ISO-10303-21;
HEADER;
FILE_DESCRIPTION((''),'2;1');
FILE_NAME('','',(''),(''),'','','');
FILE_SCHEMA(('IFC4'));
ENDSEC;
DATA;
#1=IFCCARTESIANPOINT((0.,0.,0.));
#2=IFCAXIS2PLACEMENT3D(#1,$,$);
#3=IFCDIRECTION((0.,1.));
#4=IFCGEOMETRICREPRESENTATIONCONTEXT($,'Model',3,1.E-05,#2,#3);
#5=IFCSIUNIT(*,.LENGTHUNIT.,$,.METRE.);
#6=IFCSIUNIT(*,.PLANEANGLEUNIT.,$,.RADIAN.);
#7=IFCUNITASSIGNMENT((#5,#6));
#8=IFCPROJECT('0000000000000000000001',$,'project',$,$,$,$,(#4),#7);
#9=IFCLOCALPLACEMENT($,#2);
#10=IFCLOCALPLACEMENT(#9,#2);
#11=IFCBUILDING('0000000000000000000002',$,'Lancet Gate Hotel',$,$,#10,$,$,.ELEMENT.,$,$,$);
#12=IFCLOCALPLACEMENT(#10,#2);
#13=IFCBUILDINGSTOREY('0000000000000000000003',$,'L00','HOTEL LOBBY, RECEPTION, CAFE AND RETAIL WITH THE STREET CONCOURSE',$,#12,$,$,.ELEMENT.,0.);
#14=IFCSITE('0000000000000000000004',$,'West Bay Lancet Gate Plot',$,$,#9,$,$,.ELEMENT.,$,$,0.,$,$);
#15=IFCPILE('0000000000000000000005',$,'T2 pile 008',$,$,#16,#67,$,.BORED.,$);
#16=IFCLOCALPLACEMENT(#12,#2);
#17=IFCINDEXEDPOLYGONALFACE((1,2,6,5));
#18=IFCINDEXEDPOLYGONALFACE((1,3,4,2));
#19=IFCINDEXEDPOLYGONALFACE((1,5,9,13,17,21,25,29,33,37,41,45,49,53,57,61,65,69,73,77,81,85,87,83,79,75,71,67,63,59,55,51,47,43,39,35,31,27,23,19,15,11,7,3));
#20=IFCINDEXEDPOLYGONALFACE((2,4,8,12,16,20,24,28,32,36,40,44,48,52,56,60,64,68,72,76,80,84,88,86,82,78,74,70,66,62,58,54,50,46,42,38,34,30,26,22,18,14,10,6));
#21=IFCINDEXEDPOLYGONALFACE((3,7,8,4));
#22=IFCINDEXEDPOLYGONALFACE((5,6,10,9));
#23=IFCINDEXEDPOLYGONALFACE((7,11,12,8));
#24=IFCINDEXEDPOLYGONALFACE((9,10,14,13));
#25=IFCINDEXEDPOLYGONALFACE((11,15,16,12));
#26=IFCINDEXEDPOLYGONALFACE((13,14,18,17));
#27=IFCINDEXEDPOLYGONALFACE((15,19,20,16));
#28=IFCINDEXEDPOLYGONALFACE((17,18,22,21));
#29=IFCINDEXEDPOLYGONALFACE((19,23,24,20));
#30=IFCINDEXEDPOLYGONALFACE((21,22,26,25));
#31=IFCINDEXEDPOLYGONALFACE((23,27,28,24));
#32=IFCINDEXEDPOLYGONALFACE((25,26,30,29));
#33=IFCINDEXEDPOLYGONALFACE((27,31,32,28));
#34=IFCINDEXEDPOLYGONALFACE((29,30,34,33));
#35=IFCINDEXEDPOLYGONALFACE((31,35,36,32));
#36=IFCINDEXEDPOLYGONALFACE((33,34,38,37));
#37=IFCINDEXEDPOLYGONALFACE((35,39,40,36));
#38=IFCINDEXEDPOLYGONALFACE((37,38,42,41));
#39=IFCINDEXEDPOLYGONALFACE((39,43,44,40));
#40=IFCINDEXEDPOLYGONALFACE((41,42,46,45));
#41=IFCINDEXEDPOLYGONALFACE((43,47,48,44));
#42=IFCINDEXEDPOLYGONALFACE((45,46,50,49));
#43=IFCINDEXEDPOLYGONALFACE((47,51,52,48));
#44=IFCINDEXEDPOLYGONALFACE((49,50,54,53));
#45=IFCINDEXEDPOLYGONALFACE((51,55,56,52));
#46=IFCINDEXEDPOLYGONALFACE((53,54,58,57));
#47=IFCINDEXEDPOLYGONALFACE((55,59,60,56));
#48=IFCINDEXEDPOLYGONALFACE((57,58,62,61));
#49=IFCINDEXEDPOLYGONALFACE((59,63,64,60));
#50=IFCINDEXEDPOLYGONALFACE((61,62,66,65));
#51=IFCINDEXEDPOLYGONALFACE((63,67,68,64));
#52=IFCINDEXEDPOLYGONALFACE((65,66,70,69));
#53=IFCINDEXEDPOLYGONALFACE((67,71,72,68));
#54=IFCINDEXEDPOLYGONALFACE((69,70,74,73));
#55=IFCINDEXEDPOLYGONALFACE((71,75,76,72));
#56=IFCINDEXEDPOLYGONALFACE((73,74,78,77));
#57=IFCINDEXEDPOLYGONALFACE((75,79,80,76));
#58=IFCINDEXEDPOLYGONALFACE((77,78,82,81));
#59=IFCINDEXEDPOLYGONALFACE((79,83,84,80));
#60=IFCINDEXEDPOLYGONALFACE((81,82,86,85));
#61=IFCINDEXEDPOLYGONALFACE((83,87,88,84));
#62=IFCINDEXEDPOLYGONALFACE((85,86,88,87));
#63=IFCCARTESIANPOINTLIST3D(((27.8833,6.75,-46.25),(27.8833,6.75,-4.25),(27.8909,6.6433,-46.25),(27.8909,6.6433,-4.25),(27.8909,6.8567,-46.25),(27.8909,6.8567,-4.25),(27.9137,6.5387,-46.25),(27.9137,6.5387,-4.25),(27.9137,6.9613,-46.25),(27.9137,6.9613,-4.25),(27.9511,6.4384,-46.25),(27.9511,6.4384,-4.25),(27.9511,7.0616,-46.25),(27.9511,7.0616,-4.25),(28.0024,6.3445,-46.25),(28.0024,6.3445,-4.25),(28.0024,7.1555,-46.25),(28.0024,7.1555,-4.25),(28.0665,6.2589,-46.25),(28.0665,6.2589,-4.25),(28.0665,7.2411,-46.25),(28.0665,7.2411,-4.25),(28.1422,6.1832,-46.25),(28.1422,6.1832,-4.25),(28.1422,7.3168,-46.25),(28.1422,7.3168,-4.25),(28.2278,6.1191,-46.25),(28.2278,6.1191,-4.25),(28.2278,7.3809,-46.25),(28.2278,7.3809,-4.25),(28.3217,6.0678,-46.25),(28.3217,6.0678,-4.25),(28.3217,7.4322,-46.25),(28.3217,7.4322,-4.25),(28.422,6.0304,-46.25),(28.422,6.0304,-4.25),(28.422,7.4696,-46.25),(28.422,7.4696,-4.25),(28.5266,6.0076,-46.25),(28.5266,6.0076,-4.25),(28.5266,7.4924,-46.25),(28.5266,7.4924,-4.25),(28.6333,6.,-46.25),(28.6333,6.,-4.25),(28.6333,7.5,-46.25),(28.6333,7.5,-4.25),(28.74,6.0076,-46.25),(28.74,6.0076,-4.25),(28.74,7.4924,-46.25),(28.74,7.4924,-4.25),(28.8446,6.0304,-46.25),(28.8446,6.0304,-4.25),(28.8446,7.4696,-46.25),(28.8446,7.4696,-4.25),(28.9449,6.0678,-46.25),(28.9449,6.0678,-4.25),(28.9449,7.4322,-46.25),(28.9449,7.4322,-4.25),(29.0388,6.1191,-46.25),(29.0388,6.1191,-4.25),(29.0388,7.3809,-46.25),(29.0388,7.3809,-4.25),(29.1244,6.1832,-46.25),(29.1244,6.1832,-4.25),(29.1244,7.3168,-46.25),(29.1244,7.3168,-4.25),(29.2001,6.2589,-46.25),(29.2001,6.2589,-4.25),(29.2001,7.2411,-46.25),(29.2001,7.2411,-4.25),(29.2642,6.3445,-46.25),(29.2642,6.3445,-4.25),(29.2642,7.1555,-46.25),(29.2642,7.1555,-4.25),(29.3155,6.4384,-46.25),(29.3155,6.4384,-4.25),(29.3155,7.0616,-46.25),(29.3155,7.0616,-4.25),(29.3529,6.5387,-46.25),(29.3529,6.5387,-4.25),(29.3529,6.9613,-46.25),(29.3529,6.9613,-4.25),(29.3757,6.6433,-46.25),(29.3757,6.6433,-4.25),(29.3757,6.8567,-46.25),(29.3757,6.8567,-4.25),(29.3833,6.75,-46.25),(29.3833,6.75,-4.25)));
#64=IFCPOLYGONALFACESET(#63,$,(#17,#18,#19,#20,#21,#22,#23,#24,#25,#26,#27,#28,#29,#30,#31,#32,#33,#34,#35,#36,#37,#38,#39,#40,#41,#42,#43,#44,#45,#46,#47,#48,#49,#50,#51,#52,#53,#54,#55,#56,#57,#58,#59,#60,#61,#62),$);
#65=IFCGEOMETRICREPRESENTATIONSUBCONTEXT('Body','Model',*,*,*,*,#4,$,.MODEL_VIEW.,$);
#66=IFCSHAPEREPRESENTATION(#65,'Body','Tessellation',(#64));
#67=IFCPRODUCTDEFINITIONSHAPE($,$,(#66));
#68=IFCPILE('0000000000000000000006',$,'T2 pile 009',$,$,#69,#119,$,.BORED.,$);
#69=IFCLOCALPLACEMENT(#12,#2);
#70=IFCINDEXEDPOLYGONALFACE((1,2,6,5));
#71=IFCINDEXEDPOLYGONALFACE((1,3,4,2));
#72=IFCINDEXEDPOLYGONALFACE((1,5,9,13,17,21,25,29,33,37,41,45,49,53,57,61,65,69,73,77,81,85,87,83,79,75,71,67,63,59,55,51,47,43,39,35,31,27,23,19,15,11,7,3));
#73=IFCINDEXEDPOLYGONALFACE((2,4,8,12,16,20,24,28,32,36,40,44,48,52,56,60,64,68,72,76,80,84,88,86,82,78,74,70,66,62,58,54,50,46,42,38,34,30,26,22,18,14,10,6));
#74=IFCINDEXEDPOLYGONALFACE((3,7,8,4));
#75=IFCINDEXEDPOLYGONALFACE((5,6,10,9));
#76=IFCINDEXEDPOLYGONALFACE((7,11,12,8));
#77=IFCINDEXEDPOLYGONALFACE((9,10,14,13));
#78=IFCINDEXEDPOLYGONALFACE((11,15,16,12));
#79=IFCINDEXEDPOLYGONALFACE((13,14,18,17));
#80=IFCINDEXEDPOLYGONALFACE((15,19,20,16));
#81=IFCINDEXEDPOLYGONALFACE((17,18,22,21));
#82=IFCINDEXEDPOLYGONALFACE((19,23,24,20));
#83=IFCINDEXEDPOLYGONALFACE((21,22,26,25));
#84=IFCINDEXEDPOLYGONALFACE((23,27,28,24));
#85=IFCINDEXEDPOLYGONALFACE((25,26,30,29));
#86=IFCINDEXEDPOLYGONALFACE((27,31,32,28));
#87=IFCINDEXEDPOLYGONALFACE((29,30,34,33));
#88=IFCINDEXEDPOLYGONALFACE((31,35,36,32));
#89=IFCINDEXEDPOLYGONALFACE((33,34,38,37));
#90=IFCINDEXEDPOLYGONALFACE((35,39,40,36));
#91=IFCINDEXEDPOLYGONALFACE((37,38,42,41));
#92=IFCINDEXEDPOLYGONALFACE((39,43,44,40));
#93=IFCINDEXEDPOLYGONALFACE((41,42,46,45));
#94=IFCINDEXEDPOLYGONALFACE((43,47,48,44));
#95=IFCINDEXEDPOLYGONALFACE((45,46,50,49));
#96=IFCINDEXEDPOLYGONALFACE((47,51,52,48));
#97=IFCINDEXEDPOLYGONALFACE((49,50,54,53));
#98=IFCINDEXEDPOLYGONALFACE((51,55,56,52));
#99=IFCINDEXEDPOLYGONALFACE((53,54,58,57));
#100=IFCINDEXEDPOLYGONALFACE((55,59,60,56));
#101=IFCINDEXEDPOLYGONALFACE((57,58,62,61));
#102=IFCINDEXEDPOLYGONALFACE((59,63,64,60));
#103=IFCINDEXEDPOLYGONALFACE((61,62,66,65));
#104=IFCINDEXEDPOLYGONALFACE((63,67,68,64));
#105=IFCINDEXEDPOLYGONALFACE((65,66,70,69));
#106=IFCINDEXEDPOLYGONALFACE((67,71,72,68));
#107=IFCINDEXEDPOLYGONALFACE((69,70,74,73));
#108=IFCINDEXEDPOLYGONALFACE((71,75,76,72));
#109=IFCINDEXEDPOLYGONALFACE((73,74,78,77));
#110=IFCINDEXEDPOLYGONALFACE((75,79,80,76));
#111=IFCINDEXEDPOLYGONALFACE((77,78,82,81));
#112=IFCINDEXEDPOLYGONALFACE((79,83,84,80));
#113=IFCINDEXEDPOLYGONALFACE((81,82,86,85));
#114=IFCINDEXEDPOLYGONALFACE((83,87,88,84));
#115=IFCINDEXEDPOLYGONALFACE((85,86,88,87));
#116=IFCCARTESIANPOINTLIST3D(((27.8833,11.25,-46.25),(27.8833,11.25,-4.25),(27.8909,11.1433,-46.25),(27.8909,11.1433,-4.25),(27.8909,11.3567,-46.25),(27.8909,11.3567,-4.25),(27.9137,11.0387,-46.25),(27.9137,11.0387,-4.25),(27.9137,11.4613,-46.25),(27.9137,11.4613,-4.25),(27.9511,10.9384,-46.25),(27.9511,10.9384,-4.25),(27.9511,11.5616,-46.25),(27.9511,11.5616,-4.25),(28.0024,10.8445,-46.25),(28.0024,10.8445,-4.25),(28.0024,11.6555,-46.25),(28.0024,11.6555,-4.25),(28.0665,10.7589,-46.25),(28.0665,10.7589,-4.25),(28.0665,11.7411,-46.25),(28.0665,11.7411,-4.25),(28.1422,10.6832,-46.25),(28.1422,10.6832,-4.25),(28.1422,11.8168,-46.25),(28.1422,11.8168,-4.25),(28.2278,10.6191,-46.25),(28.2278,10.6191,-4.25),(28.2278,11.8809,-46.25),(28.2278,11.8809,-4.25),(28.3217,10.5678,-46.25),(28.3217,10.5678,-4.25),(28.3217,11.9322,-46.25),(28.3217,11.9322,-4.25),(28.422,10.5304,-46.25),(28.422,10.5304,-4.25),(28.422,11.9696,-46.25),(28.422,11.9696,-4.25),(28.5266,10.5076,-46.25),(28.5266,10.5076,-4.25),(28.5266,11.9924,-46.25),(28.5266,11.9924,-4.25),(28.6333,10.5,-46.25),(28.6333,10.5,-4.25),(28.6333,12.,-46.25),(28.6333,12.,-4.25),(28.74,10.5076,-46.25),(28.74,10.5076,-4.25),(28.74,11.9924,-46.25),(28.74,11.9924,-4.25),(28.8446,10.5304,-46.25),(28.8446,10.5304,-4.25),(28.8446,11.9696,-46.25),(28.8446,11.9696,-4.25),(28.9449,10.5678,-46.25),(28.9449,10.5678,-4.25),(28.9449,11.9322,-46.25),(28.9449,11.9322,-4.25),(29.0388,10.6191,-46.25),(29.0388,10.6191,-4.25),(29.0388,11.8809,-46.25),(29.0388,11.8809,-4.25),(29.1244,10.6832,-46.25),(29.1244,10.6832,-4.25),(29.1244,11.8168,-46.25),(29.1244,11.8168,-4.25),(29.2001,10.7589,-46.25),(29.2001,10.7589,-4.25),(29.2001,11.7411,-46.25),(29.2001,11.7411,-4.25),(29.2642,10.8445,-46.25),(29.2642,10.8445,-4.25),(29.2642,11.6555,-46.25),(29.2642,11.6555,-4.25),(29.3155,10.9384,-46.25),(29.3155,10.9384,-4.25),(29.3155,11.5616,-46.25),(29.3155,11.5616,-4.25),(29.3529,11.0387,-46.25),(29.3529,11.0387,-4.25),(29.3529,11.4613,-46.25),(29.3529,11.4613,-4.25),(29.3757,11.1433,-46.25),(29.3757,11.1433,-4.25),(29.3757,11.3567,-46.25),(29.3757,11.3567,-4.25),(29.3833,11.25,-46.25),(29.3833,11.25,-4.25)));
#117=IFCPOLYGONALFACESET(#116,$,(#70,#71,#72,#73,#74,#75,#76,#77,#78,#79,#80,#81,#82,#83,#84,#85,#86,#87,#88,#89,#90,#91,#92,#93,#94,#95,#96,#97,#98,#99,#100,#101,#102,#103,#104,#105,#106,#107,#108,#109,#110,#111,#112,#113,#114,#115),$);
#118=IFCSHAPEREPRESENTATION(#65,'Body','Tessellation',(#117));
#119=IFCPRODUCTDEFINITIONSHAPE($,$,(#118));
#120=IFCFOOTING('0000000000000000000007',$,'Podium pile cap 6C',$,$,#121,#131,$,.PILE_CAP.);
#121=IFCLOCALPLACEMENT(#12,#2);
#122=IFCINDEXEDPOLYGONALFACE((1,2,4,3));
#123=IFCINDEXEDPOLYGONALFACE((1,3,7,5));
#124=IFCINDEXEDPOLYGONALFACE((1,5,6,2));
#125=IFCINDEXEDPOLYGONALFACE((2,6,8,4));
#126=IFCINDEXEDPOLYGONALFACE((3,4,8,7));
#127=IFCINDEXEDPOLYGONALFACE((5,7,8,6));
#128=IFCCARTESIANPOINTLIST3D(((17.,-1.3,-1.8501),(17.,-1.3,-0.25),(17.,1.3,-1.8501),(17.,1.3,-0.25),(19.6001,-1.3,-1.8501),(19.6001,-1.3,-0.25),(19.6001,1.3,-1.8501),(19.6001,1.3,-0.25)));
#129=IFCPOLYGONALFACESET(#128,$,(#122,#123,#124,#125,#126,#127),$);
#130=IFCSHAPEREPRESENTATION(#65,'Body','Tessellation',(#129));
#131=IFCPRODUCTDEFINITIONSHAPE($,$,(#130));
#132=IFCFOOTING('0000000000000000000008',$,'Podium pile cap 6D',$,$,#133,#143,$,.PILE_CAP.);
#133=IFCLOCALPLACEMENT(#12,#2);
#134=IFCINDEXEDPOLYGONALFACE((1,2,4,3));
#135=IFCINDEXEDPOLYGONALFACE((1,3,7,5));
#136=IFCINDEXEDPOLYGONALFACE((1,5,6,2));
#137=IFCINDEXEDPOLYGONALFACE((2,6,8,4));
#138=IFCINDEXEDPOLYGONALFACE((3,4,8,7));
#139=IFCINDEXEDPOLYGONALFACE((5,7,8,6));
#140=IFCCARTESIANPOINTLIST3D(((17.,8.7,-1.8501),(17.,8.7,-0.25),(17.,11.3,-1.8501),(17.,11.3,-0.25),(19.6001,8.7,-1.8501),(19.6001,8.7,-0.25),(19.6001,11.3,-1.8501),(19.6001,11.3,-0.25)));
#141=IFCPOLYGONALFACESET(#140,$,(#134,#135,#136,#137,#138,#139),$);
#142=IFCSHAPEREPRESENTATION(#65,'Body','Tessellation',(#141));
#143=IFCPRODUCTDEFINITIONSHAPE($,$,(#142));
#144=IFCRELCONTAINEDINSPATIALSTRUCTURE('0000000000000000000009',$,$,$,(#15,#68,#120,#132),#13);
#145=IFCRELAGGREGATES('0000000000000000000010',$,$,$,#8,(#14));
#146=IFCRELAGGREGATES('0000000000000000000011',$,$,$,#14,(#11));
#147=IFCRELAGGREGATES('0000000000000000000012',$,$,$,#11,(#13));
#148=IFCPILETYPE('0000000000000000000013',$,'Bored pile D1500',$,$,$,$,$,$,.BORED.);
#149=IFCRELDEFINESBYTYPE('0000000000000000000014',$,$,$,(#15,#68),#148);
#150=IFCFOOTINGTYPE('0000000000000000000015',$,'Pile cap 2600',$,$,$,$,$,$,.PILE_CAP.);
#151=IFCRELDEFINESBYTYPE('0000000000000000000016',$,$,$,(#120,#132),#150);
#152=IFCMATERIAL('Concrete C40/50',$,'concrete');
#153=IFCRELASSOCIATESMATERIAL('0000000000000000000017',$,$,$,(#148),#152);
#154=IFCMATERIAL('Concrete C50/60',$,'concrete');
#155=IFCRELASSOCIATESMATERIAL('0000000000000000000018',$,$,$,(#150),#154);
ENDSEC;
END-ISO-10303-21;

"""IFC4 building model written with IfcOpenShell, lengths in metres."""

from ifc_helpers import new_model, si_unit, direction, frame, origin, origin_2d, place, context, subcontext, project, spatial, rectangle, circle, extrude, material, material_profile, profile_set, type_object, element, save


model = new_model("IFC4")

# Units and contexts
model_context = context("Model", 3, precision=1e-05, world=origin(), true_north=direction((0.0, 1.0)))
body_context = subcontext(model_context, "Body", "Model", "MODEL_VIEW")
ifc_project = project(units=[si_unit("LENGTHUNIT", "METRE"), si_unit("PLANEANGLEUNIT", "RADIAN")], contexts=[model_context])

# Site, building, storey
site_placement = place(None, origin())
site = spatial("IfcSite", under=ifc_project, at=site_placement, Name="West Bay Lancet Gate Plot", CompositionType="ELEMENT", RefElevation=0.0)
building_placement = place(site_placement, origin())
building = spatial("IfcBuilding", under=site, at=building_placement, Name="Lancet Gate Hotel", CompositionType="ELEMENT")
storey_placement = place(building_placement, origin())
storey = spatial("IfcBuildingStorey", under=building, at=storey_placement, Name="L00", Description="HOTEL LOBBY, RECEPTION, CAFE AND RETAIL WITH THE STREET CONCOURSE", CompositionType="ELEMENT", Elevation=0.0)

# Piles
ifc_material_1 = material(Name="Concrete C40/50", Category="concrete")
ifc_material_profile_1 = material_profile(ifc_material_1, circle(Radius=0.75, at=origin_2d()), Name="PILE D1500")
ifc_profile_set_1 = profile_set([ifc_material_profile_1], Name="Concrete C40/50")
pile_type_1 = type_object("IfcPileType", Name="Bored pile D1500", PredefinedType="BORED", material=ifc_profile_set_1)
for number, where, z_axis, x_axis, name in (
    (1, (28.6333, 6.75, -4.25), (0.0, 0.0, -1.0), (1.0, 0.0, 0.0), "T2 pile 008"),
    (2, (28.6333, 11.25, -4.25), (0.0, 0.0, -1.0), (1.0, 0.0, 0.0), "T2 pile 009"),
):
    element("IfcPile", number, at=place(storey_placement, frame(where, z_axis=z_axis, x_axis=x_axis)), inside=storey, type_object=pile_type_1, Name=name, PredefinedType="BORED", context=body_context, shape_type="SweptSolid", body=[
        extrude(circle(Radius=0.75, at=origin_2d()), origin(), (0.0, 0.0, 1.0), 42.0),
    ])

# Footings
ifc_material_2 = material(Name="Concrete C50/60", Category="concrete")
footing_type = type_object("IfcFootingType", Name="Pile cap 2600", PredefinedType="PILE_CAP", material=ifc_material_2)
for number, where, z_axis, x_axis, name in (
    (3, (18.3, 0.0, -1.8501), (0.0, 0.0, 1.0), (1.0, 0.0, 0.0), "Podium pile cap 6C"),
    (4, (18.3, 10.0, -1.8501), (0.0, 0.0, 1.0), (1.0, 0.0, 0.0), "Podium pile cap 6D"),
):
    element("IfcFooting", number, at=place(storey_placement, frame(where, z_axis=z_axis, x_axis=x_axis)), inside=storey, type_object=footing_type, Name=name, PredefinedType="PILE_CAP", context=body_context, shape_type="SweptSolid", body=[
        extrude(rectangle(XDim=2.6001, YDim=2.6001, at=origin_2d()), origin(), (0.0, 0.0, 1.0), 1.6001),
    ])

save(model, "model.ifc")
